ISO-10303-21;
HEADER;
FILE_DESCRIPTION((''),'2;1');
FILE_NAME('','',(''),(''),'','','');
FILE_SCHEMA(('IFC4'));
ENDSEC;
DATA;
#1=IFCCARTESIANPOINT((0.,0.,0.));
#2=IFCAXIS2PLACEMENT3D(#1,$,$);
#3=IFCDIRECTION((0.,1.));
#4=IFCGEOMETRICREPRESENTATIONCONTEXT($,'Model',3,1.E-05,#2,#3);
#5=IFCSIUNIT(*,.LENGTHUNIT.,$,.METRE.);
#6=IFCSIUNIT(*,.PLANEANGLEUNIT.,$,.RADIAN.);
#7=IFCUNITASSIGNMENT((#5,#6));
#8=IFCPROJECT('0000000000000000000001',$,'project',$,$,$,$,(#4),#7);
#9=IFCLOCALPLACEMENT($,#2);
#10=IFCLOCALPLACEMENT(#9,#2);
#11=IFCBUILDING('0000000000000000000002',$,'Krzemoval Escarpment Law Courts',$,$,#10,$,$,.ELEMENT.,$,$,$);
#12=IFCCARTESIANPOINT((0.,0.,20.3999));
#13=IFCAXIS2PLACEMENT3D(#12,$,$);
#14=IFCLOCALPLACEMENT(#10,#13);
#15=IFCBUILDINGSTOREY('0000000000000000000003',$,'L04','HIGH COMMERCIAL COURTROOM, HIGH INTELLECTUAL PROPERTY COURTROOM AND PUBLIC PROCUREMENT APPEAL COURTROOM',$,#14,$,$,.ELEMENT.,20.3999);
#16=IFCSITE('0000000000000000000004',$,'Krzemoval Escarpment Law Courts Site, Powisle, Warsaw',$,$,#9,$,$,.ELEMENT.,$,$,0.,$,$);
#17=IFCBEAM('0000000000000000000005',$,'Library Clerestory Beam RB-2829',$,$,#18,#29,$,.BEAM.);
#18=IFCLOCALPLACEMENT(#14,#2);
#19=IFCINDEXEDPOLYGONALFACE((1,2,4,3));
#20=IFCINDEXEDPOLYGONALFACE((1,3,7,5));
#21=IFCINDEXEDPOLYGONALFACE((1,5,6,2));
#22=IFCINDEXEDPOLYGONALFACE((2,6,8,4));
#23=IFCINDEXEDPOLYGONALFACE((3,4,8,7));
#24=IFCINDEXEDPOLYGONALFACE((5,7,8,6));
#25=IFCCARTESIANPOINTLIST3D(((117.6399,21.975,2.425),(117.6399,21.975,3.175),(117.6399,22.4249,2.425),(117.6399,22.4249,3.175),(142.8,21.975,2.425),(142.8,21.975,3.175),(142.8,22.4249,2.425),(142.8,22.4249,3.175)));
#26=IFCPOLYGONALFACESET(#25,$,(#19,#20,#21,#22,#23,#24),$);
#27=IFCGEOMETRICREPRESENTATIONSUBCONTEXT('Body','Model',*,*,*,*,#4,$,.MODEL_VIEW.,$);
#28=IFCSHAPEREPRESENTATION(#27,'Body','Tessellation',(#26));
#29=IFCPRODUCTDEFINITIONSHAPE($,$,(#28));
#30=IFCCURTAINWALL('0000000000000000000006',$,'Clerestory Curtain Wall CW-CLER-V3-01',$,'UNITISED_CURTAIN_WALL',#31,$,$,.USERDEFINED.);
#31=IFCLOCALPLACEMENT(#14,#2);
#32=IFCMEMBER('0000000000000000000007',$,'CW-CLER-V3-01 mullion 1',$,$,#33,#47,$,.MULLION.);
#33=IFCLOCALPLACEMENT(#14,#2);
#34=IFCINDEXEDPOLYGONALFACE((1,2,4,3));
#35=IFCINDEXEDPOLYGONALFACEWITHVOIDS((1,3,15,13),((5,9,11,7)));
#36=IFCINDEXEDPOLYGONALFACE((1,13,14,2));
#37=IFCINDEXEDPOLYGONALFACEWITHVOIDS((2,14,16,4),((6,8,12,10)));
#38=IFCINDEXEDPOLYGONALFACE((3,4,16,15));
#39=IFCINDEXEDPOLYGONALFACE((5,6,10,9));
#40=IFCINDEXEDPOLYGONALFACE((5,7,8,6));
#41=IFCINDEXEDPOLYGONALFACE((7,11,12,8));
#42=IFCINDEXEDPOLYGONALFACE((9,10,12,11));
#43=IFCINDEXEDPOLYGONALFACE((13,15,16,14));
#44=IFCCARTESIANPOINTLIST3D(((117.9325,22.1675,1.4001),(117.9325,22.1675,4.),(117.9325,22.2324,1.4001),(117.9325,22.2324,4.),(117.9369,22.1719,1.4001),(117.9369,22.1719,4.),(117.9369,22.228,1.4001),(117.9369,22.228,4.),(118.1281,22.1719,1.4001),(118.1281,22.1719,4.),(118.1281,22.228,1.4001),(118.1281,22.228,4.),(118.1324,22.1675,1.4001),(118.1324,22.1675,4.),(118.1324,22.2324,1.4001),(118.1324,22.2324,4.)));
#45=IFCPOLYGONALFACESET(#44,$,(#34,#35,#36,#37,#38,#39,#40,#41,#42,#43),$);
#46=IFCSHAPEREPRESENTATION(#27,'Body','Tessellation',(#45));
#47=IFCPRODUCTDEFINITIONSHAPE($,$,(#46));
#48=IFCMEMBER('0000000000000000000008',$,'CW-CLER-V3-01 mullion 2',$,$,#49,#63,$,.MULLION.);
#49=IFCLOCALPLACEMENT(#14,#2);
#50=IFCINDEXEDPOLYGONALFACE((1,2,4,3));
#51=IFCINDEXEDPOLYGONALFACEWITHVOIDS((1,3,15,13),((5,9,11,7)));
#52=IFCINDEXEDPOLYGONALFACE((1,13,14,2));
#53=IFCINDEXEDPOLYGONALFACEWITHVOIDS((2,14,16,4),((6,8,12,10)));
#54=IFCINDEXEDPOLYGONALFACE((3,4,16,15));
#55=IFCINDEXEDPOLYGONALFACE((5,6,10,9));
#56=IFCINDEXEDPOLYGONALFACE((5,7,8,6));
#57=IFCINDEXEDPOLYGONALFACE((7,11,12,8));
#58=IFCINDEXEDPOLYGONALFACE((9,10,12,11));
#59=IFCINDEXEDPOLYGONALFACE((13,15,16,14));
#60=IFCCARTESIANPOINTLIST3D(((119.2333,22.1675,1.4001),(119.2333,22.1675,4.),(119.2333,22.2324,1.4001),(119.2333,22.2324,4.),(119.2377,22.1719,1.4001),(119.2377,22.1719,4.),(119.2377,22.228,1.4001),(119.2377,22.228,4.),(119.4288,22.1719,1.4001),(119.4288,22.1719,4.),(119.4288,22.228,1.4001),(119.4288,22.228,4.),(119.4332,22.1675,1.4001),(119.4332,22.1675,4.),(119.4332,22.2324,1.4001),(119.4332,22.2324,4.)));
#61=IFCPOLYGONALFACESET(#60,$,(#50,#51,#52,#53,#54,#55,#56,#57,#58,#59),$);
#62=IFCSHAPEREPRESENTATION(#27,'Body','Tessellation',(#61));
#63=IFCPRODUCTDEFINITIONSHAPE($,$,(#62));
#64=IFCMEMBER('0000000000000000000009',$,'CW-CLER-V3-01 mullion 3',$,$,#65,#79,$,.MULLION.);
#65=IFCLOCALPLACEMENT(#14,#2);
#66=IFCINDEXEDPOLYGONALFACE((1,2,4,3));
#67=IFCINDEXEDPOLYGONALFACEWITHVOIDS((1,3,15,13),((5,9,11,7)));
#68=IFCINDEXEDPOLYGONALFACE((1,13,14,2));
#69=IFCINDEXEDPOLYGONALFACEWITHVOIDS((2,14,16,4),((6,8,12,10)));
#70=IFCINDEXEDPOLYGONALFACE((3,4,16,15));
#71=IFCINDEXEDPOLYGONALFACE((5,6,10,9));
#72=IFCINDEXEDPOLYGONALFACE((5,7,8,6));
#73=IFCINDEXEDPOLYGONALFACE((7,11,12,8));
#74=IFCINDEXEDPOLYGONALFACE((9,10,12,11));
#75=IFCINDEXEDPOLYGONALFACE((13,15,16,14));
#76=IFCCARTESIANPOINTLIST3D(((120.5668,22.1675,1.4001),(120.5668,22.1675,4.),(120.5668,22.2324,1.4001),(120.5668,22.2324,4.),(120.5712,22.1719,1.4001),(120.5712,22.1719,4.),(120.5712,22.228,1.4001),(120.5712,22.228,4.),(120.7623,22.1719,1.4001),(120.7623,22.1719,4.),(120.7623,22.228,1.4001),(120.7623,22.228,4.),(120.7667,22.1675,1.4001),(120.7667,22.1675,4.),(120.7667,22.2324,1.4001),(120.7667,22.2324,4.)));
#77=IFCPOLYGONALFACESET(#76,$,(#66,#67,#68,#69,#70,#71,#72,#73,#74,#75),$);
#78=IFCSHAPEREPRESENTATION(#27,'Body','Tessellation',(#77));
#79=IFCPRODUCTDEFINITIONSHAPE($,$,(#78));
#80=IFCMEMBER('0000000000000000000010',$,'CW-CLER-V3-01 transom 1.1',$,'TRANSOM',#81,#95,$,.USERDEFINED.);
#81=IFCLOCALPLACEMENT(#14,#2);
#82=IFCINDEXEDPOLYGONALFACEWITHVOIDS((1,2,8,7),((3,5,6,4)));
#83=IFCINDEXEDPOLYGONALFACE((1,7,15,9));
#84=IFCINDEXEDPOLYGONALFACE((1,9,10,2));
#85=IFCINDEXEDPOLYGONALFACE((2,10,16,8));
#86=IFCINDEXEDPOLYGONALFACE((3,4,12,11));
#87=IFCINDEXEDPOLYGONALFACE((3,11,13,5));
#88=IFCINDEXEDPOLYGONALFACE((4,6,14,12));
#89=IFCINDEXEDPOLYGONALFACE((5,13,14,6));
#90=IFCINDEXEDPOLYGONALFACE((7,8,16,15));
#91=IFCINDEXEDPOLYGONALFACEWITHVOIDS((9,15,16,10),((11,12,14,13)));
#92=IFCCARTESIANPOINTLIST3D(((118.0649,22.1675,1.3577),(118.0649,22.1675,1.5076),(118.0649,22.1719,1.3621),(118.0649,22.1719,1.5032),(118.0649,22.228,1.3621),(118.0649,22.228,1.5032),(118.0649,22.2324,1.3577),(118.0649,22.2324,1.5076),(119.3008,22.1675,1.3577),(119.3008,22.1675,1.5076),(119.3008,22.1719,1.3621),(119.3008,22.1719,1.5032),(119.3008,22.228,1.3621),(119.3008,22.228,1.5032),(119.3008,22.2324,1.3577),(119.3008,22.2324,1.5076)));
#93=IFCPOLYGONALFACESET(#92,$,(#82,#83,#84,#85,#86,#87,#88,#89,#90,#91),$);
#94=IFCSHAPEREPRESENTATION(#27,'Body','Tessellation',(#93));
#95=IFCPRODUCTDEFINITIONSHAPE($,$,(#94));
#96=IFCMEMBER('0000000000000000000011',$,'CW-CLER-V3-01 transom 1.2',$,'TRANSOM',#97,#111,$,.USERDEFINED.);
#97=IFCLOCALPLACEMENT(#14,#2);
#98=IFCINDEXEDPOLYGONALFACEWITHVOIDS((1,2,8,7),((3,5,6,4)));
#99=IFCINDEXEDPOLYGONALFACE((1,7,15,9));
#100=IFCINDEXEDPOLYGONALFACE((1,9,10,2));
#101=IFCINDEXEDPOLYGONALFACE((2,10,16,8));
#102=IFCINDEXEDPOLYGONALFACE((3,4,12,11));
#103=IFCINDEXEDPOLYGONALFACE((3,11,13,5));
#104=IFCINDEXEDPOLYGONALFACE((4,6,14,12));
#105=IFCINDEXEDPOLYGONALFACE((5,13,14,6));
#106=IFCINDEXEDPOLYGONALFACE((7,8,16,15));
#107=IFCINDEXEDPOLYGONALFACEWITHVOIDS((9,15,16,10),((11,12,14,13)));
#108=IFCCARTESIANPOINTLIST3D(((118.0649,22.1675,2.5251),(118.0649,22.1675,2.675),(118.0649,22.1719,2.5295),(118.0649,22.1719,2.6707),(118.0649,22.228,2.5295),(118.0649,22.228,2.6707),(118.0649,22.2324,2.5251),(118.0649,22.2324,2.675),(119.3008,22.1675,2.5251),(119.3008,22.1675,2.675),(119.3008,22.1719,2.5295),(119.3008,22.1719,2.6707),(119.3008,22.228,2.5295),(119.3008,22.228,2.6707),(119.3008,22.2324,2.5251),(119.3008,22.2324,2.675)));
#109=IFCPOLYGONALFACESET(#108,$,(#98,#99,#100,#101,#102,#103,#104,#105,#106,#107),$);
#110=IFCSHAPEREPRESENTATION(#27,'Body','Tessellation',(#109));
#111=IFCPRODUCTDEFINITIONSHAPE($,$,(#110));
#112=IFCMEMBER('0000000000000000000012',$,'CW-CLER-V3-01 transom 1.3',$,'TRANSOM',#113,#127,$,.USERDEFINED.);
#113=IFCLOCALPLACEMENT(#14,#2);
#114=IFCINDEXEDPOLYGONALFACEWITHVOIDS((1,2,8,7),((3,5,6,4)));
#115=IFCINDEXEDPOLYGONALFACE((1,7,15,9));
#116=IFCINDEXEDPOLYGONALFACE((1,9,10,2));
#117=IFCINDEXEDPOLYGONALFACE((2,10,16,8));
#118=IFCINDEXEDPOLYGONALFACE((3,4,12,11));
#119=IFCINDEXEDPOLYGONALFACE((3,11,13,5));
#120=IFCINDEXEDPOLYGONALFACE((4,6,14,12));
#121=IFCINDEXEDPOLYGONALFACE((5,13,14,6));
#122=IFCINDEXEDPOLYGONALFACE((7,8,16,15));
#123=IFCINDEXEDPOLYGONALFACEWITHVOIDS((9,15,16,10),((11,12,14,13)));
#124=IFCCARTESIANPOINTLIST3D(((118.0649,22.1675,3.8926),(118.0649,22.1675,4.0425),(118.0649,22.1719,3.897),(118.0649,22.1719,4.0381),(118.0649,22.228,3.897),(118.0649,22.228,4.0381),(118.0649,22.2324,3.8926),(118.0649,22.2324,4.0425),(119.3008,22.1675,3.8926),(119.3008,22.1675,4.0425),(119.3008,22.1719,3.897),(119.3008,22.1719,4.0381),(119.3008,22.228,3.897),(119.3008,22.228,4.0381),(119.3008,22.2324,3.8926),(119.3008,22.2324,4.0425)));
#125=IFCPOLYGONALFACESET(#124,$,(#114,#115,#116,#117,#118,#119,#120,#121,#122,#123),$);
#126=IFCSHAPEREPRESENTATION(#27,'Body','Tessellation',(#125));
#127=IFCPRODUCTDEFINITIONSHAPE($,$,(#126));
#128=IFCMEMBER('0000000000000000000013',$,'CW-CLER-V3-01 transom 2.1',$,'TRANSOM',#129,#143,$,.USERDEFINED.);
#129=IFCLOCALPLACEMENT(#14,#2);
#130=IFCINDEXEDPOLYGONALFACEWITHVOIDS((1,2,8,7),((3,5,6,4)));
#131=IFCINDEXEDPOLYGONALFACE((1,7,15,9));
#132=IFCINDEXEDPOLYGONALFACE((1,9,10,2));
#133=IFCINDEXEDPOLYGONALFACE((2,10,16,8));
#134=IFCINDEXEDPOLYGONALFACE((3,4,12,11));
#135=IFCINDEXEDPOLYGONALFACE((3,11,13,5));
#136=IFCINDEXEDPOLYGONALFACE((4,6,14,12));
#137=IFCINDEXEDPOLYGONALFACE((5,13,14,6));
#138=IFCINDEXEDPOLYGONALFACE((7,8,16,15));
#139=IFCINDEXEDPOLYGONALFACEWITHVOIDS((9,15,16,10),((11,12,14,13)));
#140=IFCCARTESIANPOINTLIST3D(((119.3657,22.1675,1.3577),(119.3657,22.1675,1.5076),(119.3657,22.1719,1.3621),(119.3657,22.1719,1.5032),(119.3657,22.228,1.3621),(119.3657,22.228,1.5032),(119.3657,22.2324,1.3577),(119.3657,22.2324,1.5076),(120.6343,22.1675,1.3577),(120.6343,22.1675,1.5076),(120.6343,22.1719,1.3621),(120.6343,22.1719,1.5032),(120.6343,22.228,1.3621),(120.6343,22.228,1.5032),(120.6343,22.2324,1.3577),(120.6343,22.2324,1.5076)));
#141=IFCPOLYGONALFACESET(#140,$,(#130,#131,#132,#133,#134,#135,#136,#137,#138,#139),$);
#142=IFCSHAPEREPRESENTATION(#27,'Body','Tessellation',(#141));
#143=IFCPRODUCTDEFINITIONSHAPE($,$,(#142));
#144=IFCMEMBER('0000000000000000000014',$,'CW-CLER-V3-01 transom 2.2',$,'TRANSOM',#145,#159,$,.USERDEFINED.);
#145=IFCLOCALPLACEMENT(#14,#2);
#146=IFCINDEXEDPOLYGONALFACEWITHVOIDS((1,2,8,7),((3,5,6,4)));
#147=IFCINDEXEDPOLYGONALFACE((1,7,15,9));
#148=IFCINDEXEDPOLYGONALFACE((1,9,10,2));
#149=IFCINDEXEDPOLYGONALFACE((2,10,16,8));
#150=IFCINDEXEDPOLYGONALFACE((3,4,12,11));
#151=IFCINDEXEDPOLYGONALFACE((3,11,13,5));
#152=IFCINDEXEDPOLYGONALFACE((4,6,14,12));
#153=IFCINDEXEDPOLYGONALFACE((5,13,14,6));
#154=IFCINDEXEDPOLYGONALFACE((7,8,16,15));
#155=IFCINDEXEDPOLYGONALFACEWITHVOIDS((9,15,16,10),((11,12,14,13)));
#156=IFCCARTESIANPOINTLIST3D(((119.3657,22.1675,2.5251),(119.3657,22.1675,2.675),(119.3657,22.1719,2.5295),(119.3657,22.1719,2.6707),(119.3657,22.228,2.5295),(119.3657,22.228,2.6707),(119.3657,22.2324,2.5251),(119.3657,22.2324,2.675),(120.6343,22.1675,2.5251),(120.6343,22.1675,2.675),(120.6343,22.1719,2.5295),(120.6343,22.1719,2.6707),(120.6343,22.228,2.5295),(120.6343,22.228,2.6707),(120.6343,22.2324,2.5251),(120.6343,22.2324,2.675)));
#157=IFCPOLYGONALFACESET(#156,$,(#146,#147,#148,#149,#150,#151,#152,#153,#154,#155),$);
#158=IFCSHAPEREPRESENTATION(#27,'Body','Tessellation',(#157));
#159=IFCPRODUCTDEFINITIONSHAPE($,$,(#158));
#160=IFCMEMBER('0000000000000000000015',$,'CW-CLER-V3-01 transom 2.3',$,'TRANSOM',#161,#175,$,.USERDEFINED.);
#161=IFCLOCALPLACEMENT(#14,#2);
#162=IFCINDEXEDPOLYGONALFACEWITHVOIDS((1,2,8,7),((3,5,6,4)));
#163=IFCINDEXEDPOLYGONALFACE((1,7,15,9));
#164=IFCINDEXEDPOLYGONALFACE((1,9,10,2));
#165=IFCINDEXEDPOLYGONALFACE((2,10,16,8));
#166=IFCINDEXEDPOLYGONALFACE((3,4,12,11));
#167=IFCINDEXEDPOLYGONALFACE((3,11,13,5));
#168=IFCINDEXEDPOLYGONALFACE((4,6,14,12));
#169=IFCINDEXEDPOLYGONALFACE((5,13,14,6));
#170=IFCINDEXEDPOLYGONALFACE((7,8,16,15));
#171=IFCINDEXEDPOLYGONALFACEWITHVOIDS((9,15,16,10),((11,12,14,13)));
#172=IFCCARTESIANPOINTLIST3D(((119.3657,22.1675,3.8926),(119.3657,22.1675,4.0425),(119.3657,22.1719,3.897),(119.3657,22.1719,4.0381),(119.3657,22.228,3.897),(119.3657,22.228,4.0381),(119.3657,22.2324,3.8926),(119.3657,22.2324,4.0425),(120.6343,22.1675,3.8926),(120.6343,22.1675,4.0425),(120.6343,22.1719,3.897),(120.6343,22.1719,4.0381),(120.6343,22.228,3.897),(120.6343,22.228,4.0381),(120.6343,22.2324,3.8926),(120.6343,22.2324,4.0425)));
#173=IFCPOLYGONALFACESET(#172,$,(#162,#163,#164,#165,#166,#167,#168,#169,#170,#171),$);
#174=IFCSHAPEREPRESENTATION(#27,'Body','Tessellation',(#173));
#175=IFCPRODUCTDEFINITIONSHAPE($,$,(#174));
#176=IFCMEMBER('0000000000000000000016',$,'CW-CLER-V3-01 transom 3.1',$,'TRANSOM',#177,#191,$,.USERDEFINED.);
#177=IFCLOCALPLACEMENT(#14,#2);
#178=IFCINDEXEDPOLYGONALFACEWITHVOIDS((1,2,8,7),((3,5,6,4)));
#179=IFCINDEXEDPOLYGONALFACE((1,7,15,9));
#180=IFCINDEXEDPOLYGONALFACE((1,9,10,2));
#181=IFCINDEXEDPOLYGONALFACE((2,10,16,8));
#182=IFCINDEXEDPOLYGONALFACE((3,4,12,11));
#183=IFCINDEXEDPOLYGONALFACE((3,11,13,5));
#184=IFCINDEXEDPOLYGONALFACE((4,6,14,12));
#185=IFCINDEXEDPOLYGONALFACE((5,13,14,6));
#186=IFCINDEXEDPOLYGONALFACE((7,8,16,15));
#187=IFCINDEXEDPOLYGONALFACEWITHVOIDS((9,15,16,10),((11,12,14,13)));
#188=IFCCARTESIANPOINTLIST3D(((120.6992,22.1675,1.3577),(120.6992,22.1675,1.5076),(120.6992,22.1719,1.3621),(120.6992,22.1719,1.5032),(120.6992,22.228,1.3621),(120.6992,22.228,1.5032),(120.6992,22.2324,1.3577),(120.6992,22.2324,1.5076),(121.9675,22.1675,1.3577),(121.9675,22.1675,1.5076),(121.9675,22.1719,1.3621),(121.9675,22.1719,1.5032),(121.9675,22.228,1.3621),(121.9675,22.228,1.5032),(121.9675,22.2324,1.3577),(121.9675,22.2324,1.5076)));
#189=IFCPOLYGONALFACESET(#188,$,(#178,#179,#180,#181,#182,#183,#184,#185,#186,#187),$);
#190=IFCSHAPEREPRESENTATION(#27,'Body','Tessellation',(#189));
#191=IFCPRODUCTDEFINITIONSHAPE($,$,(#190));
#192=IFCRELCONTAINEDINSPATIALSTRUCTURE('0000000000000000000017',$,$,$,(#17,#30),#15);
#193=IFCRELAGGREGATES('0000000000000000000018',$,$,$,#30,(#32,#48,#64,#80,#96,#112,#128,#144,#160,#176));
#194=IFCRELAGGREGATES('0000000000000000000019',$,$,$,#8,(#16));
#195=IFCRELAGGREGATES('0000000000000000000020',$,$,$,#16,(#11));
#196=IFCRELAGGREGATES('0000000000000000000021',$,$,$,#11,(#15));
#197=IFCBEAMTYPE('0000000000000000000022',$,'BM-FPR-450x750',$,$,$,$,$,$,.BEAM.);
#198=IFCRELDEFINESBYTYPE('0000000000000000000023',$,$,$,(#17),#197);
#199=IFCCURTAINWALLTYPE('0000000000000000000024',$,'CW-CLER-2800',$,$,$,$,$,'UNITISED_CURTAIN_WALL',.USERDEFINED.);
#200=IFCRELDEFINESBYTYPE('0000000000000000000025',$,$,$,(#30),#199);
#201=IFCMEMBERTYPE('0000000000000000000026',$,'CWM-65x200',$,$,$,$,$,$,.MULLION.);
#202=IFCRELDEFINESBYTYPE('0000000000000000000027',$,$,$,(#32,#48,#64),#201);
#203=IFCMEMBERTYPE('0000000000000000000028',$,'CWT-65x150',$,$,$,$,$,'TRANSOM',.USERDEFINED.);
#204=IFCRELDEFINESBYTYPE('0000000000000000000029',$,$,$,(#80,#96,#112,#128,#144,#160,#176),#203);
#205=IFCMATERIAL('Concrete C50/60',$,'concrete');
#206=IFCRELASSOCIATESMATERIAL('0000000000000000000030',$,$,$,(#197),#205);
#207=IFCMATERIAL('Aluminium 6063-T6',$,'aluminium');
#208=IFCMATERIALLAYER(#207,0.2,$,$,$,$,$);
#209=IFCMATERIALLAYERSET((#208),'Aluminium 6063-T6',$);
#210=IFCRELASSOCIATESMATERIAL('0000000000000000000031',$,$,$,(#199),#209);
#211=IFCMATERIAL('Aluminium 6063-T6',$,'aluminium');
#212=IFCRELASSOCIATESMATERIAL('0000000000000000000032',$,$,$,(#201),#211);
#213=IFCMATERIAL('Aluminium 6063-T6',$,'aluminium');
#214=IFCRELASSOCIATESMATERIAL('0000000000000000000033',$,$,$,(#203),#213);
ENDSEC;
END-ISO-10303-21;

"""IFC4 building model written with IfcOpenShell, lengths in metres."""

from ifc_helpers import new_model, si_unit, direction, frame, origin, origin_2d, place, context, subcontext, project, spatial, rectangle, hollow_rectangle, extrude, material, layer, layer_set, material_profile, profile_set, type_object, element, aggregate, save


model = new_model("IFC4")

# Units and contexts
model_context = context("Model", 3, precision=1e-05, world=origin(), true_north=direction((0.0, 1.0)))
body_context = subcontext(model_context, "Body", "Model", "MODEL_VIEW")
ifc_project = project(units=[si_unit("LENGTHUNIT", "METRE"), si_unit("PLANEANGLEUNIT", "RADIAN")], contexts=[model_context])

# Site, building, storey
site_placement = place(None, origin())
site = spatial("IfcSite", under=ifc_project, at=site_placement, Name="Krzemoval Escarpment Law Courts Site, Powisle, Warsaw", CompositionType="ELEMENT", RefElevation=0.0)
building_placement = place(site_placement, origin())
building = spatial("IfcBuilding", under=site, at=building_placement, Name="Krzemoval Escarpment Law Courts", CompositionType="ELEMENT")
storey_placement = place(building_placement, frame((0.0, 0.0, 20.3999)))
storey = spatial("IfcBuildingStorey", under=building, at=storey_placement, Name="L04", Description="HIGH COMMERCIAL COURTROOM, HIGH INTELLECTUAL PROPERTY COURTROOM AND PUBLIC PROCUREMENT APPEAL COURTROOM", CompositionType="ELEMENT", Elevation=20.3999)

# Beam
ifc_material_1 = material(Name="Concrete C50/60", Category="concrete")
ifc_material_profile_1 = material_profile(ifc_material_1, rectangle(XDim=0.45, YDim=0.75, at=origin_2d()), Name="FPR 450x750")
ifc_profile_set_1 = profile_set([ifc_material_profile_1], Name="Concrete C50/60")
beam_type = type_object("IfcBeamType", Name="BM-FPR-450x750", PredefinedType="BEAM", material=ifc_profile_set_1)
beam_placement = place(storey_placement, frame((117.6399, 22.2, 2.8), z_axis=(1.0, 0.0, 0.0), x_axis=(0.0, 1.0, 0.0)))
element("IfcBeam", 1, at=beam_placement, inside=storey, type_object=beam_type, Name="Library Clerestory Beam RB-2829", PredefinedType="BEAM", context=body_context, shape_type="SweptSolid", body=[
    extrude(rectangle(XDim=0.45, YDim=0.75, at=origin_2d()), origin(), (0.0, 0.0, 1.0), 25.1602),
])

# Curtain wall, members
ifc_material_2 = material(Name="Aluminium 6063-T6", Category="aluminium")
ifc_layer_1 = layer(ifc_material_2, 0.2)
ifc_layer_set_1 = layer_set([ifc_layer_1], Name="Aluminium 6063-T6")
curtain_wall_type = type_object("IfcCurtainWallType", Name="CW-CLER-2800", ElementType="UNITISED_CURTAIN_WALL", PredefinedType="USERDEFINED", material=ifc_layer_set_1)
curtain_wall_placement = place(storey_placement, origin())
curtain_wall = element("IfcCurtainWall", 2, at=curtain_wall_placement, inside=storey, type_object=curtain_wall_type, Name="Clerestory Curtain Wall CW-CLER-V3-01", ObjectType="UNITISED_CURTAIN_WALL", PredefinedType="USERDEFINED")
ifc_material_3 = material(Name="Aluminium 6063-T6", Category="aluminium")
ifc_material_profile_2 = material_profile(ifc_material_3, hollow_rectangle(XDim=0.0649, YDim=0.2, WallThickness=0.0044, at=origin_2d()), Name="ALU M65x200")
ifc_profile_set_2 = profile_set([ifc_material_profile_2], Name="Aluminium 6063-T6")
member_type_1 = type_object("IfcMemberType", Name="CWM-65x200", PredefinedType="MULLION", material=ifc_profile_set_2)
member_1_placement = place(storey_placement, frame((118.0325, 22.2, 1.4001), z_axis=(0.0, 0.0, 1.0), x_axis=(0.0, 1.0, 0.0)))
member_1 = element("IfcMember", 3, at=member_1_placement, type_object=member_type_1, Name="CW-CLER-V3-01 mullion 1", PredefinedType="MULLION", context=body_context, shape_type="SweptSolid", body=[
    extrude(hollow_rectangle(XDim=0.0649, YDim=0.2, WallThickness=0.0044, at=origin_2d()), origin(), (0.0, 0.0, 1.0), 2.5999),
])
member_2_placement = place(storey_placement, frame((119.3333, 22.2, 1.4001), z_axis=(0.0, 0.0, 1.0), x_axis=(0.0, 1.0, 0.0)))
member_2 = element("IfcMember", 4, at=member_2_placement, type_object=member_type_1, Name="CW-CLER-V3-01 mullion 2", PredefinedType="MULLION", context=body_context, shape_type="SweptSolid", body=[
    extrude(hollow_rectangle(XDim=0.0649, YDim=0.2, WallThickness=0.0044, at=origin_2d()), origin(), (0.0, 0.0, 1.0), 2.5999),
])
member_3_placement = place(storey_placement, frame((120.6667, 22.2, 1.4001), z_axis=(0.0, 0.0, 1.0), x_axis=(0.0, 1.0, 0.0)))
member_3 = element("IfcMember", 5, at=member_3_placement, type_object=member_type_1, Name="CW-CLER-V3-01 mullion 3", PredefinedType="MULLION", context=body_context, shape_type="SweptSolid", body=[
    extrude(hollow_rectangle(XDim=0.0649, YDim=0.2, WallThickness=0.0044, at=origin_2d()), origin(), (0.0, 0.0, 1.0), 2.5999),
])
ifc_material_4 = material(Name="Aluminium 6063-T6", Category="aluminium")
ifc_material_profile_3 = material_profile(ifc_material_4, hollow_rectangle(XDim=0.0649, YDim=0.1499, WallThickness=0.0044, at=origin_2d()), Name="ALU T65x150")
ifc_profile_set_3 = profile_set([ifc_material_profile_3], Name="Aluminium 6063-T6")
member_type_2 = type_object("IfcMemberType", Name="CWT-65x150", ElementType="TRANSOM", PredefinedType="USERDEFINED", material=ifc_profile_set_3)
member_4_placement = place(storey_placement, frame((118.0649, 22.2, 1.4326), z_axis=(1.0, 0.0, 0.0), x_axis=(0.0, 1.0, 0.0)))
member_4 = element("IfcMember", 6, at=member_4_placement, type_object=member_type_2, Name="CW-CLER-V3-01 transom 1.1", ObjectType="TRANSOM", PredefinedType="USERDEFINED", context=body_context, shape_type="SweptSolid", body=[
    extrude(hollow_rectangle(XDim=0.0649, YDim=0.1499, WallThickness=0.0044, at=origin_2d()), origin(), (0.0, 0.0, 1.0), 1.2358),
])
member_5_placement = place(storey_placement, frame((118.0649, 22.2, 2.6001), z_axis=(1.0, 0.0, 0.0), x_axis=(0.0, 1.0, 0.0)))
member_5 = element("IfcMember", 7, at=member_5_placement, type_object=member_type_2, Name="CW-CLER-V3-01 transom 1.2", ObjectType="TRANSOM", PredefinedType="USERDEFINED", context=body_context, shape_type="SweptSolid", body=[
    extrude(hollow_rectangle(XDim=0.0649, YDim=0.1499, WallThickness=0.0044, at=origin_2d()), origin(), (0.0, 0.0, 1.0), 1.2358),
])
member_6_placement = place(storey_placement, frame((118.0649, 22.2, 3.9675), z_axis=(1.0, 0.0, 0.0), x_axis=(0.0, 1.0, 0.0)))
member_6 = element("IfcMember", 8, at=member_6_placement, type_object=member_type_2, Name="CW-CLER-V3-01 transom 1.3", ObjectType="TRANSOM", PredefinedType="USERDEFINED", context=body_context, shape_type="SweptSolid", body=[
    extrude(hollow_rectangle(XDim=0.0649, YDim=0.1499, WallThickness=0.0044, at=origin_2d()), origin(), (0.0, 0.0, 1.0), 1.2358),
])
member_7_placement = place(storey_placement, frame((119.3657, 22.2, 1.4326), z_axis=(1.0, 0.0, 0.0), x_axis=(0.0, 1.0, 0.0)))
member_7 = element("IfcMember", 9, at=member_7_placement, type_object=member_type_2, Name="CW-CLER-V3-01 transom 2.1", ObjectType="TRANSOM", PredefinedType="USERDEFINED", context=body_context, shape_type="SweptSolid", body=[
    extrude(hollow_rectangle(XDim=0.0649, YDim=0.1499, WallThickness=0.0044, at=origin_2d()), origin(), (0.0, 0.0, 1.0), 1.2686),
])
member_8_placement = place(storey_placement, frame((119.3657, 22.2, 2.6001), z_axis=(1.0, 0.0, 0.0), x_axis=(0.0, 1.0, 0.0)))
member_8 = element("IfcMember", 10, at=member_8_placement, type_object=member_type_2, Name="CW-CLER-V3-01 transom 2.2", ObjectType="TRANSOM", PredefinedType="USERDEFINED", context=body_context, shape_type="SweptSolid", body=[
    extrude(hollow_rectangle(XDim=0.0649, YDim=0.1499, WallThickness=0.0044, at=origin_2d()), origin(), (0.0, 0.0, 1.0), 1.2686),
])
member_9_placement = place(storey_placement, frame((119.3657, 22.2, 3.9675), z_axis=(1.0, 0.0, 0.0), x_axis=(0.0, 1.0, 0.0)))
member_9 = element("IfcMember", 11, at=member_9_placement, type_object=member_type_2, Name="CW-CLER-V3-01 transom 2.3", ObjectType="TRANSOM", PredefinedType="USERDEFINED", context=body_context, shape_type="SweptSolid", body=[
    extrude(hollow_rectangle(XDim=0.0649, YDim=0.1499, WallThickness=0.0044, at=origin_2d()), origin(), (0.0, 0.0, 1.0), 1.2686),
])
member_10_placement = place(storey_placement, frame((120.6992, 22.2, 1.4326), z_axis=(1.0, 0.0, 0.0), x_axis=(0.0, 1.0, 0.0)))
member_10 = element("IfcMember", 12, at=member_10_placement, type_object=member_type_2, Name="CW-CLER-V3-01 transom 3.1", ObjectType="TRANSOM", PredefinedType="USERDEFINED", context=body_context, shape_type="SweptSolid", body=[
    extrude(hollow_rectangle(XDim=0.0649, YDim=0.1499, WallThickness=0.0044, at=origin_2d()), origin(), (0.0, 0.0, 1.0), 1.2683),
])

aggregate(curtain_wall, [member_1, member_2, member_3, member_4, member_5, member_6, member_7, member_8, member_9, member_10])

save(model, "model.ifc")
